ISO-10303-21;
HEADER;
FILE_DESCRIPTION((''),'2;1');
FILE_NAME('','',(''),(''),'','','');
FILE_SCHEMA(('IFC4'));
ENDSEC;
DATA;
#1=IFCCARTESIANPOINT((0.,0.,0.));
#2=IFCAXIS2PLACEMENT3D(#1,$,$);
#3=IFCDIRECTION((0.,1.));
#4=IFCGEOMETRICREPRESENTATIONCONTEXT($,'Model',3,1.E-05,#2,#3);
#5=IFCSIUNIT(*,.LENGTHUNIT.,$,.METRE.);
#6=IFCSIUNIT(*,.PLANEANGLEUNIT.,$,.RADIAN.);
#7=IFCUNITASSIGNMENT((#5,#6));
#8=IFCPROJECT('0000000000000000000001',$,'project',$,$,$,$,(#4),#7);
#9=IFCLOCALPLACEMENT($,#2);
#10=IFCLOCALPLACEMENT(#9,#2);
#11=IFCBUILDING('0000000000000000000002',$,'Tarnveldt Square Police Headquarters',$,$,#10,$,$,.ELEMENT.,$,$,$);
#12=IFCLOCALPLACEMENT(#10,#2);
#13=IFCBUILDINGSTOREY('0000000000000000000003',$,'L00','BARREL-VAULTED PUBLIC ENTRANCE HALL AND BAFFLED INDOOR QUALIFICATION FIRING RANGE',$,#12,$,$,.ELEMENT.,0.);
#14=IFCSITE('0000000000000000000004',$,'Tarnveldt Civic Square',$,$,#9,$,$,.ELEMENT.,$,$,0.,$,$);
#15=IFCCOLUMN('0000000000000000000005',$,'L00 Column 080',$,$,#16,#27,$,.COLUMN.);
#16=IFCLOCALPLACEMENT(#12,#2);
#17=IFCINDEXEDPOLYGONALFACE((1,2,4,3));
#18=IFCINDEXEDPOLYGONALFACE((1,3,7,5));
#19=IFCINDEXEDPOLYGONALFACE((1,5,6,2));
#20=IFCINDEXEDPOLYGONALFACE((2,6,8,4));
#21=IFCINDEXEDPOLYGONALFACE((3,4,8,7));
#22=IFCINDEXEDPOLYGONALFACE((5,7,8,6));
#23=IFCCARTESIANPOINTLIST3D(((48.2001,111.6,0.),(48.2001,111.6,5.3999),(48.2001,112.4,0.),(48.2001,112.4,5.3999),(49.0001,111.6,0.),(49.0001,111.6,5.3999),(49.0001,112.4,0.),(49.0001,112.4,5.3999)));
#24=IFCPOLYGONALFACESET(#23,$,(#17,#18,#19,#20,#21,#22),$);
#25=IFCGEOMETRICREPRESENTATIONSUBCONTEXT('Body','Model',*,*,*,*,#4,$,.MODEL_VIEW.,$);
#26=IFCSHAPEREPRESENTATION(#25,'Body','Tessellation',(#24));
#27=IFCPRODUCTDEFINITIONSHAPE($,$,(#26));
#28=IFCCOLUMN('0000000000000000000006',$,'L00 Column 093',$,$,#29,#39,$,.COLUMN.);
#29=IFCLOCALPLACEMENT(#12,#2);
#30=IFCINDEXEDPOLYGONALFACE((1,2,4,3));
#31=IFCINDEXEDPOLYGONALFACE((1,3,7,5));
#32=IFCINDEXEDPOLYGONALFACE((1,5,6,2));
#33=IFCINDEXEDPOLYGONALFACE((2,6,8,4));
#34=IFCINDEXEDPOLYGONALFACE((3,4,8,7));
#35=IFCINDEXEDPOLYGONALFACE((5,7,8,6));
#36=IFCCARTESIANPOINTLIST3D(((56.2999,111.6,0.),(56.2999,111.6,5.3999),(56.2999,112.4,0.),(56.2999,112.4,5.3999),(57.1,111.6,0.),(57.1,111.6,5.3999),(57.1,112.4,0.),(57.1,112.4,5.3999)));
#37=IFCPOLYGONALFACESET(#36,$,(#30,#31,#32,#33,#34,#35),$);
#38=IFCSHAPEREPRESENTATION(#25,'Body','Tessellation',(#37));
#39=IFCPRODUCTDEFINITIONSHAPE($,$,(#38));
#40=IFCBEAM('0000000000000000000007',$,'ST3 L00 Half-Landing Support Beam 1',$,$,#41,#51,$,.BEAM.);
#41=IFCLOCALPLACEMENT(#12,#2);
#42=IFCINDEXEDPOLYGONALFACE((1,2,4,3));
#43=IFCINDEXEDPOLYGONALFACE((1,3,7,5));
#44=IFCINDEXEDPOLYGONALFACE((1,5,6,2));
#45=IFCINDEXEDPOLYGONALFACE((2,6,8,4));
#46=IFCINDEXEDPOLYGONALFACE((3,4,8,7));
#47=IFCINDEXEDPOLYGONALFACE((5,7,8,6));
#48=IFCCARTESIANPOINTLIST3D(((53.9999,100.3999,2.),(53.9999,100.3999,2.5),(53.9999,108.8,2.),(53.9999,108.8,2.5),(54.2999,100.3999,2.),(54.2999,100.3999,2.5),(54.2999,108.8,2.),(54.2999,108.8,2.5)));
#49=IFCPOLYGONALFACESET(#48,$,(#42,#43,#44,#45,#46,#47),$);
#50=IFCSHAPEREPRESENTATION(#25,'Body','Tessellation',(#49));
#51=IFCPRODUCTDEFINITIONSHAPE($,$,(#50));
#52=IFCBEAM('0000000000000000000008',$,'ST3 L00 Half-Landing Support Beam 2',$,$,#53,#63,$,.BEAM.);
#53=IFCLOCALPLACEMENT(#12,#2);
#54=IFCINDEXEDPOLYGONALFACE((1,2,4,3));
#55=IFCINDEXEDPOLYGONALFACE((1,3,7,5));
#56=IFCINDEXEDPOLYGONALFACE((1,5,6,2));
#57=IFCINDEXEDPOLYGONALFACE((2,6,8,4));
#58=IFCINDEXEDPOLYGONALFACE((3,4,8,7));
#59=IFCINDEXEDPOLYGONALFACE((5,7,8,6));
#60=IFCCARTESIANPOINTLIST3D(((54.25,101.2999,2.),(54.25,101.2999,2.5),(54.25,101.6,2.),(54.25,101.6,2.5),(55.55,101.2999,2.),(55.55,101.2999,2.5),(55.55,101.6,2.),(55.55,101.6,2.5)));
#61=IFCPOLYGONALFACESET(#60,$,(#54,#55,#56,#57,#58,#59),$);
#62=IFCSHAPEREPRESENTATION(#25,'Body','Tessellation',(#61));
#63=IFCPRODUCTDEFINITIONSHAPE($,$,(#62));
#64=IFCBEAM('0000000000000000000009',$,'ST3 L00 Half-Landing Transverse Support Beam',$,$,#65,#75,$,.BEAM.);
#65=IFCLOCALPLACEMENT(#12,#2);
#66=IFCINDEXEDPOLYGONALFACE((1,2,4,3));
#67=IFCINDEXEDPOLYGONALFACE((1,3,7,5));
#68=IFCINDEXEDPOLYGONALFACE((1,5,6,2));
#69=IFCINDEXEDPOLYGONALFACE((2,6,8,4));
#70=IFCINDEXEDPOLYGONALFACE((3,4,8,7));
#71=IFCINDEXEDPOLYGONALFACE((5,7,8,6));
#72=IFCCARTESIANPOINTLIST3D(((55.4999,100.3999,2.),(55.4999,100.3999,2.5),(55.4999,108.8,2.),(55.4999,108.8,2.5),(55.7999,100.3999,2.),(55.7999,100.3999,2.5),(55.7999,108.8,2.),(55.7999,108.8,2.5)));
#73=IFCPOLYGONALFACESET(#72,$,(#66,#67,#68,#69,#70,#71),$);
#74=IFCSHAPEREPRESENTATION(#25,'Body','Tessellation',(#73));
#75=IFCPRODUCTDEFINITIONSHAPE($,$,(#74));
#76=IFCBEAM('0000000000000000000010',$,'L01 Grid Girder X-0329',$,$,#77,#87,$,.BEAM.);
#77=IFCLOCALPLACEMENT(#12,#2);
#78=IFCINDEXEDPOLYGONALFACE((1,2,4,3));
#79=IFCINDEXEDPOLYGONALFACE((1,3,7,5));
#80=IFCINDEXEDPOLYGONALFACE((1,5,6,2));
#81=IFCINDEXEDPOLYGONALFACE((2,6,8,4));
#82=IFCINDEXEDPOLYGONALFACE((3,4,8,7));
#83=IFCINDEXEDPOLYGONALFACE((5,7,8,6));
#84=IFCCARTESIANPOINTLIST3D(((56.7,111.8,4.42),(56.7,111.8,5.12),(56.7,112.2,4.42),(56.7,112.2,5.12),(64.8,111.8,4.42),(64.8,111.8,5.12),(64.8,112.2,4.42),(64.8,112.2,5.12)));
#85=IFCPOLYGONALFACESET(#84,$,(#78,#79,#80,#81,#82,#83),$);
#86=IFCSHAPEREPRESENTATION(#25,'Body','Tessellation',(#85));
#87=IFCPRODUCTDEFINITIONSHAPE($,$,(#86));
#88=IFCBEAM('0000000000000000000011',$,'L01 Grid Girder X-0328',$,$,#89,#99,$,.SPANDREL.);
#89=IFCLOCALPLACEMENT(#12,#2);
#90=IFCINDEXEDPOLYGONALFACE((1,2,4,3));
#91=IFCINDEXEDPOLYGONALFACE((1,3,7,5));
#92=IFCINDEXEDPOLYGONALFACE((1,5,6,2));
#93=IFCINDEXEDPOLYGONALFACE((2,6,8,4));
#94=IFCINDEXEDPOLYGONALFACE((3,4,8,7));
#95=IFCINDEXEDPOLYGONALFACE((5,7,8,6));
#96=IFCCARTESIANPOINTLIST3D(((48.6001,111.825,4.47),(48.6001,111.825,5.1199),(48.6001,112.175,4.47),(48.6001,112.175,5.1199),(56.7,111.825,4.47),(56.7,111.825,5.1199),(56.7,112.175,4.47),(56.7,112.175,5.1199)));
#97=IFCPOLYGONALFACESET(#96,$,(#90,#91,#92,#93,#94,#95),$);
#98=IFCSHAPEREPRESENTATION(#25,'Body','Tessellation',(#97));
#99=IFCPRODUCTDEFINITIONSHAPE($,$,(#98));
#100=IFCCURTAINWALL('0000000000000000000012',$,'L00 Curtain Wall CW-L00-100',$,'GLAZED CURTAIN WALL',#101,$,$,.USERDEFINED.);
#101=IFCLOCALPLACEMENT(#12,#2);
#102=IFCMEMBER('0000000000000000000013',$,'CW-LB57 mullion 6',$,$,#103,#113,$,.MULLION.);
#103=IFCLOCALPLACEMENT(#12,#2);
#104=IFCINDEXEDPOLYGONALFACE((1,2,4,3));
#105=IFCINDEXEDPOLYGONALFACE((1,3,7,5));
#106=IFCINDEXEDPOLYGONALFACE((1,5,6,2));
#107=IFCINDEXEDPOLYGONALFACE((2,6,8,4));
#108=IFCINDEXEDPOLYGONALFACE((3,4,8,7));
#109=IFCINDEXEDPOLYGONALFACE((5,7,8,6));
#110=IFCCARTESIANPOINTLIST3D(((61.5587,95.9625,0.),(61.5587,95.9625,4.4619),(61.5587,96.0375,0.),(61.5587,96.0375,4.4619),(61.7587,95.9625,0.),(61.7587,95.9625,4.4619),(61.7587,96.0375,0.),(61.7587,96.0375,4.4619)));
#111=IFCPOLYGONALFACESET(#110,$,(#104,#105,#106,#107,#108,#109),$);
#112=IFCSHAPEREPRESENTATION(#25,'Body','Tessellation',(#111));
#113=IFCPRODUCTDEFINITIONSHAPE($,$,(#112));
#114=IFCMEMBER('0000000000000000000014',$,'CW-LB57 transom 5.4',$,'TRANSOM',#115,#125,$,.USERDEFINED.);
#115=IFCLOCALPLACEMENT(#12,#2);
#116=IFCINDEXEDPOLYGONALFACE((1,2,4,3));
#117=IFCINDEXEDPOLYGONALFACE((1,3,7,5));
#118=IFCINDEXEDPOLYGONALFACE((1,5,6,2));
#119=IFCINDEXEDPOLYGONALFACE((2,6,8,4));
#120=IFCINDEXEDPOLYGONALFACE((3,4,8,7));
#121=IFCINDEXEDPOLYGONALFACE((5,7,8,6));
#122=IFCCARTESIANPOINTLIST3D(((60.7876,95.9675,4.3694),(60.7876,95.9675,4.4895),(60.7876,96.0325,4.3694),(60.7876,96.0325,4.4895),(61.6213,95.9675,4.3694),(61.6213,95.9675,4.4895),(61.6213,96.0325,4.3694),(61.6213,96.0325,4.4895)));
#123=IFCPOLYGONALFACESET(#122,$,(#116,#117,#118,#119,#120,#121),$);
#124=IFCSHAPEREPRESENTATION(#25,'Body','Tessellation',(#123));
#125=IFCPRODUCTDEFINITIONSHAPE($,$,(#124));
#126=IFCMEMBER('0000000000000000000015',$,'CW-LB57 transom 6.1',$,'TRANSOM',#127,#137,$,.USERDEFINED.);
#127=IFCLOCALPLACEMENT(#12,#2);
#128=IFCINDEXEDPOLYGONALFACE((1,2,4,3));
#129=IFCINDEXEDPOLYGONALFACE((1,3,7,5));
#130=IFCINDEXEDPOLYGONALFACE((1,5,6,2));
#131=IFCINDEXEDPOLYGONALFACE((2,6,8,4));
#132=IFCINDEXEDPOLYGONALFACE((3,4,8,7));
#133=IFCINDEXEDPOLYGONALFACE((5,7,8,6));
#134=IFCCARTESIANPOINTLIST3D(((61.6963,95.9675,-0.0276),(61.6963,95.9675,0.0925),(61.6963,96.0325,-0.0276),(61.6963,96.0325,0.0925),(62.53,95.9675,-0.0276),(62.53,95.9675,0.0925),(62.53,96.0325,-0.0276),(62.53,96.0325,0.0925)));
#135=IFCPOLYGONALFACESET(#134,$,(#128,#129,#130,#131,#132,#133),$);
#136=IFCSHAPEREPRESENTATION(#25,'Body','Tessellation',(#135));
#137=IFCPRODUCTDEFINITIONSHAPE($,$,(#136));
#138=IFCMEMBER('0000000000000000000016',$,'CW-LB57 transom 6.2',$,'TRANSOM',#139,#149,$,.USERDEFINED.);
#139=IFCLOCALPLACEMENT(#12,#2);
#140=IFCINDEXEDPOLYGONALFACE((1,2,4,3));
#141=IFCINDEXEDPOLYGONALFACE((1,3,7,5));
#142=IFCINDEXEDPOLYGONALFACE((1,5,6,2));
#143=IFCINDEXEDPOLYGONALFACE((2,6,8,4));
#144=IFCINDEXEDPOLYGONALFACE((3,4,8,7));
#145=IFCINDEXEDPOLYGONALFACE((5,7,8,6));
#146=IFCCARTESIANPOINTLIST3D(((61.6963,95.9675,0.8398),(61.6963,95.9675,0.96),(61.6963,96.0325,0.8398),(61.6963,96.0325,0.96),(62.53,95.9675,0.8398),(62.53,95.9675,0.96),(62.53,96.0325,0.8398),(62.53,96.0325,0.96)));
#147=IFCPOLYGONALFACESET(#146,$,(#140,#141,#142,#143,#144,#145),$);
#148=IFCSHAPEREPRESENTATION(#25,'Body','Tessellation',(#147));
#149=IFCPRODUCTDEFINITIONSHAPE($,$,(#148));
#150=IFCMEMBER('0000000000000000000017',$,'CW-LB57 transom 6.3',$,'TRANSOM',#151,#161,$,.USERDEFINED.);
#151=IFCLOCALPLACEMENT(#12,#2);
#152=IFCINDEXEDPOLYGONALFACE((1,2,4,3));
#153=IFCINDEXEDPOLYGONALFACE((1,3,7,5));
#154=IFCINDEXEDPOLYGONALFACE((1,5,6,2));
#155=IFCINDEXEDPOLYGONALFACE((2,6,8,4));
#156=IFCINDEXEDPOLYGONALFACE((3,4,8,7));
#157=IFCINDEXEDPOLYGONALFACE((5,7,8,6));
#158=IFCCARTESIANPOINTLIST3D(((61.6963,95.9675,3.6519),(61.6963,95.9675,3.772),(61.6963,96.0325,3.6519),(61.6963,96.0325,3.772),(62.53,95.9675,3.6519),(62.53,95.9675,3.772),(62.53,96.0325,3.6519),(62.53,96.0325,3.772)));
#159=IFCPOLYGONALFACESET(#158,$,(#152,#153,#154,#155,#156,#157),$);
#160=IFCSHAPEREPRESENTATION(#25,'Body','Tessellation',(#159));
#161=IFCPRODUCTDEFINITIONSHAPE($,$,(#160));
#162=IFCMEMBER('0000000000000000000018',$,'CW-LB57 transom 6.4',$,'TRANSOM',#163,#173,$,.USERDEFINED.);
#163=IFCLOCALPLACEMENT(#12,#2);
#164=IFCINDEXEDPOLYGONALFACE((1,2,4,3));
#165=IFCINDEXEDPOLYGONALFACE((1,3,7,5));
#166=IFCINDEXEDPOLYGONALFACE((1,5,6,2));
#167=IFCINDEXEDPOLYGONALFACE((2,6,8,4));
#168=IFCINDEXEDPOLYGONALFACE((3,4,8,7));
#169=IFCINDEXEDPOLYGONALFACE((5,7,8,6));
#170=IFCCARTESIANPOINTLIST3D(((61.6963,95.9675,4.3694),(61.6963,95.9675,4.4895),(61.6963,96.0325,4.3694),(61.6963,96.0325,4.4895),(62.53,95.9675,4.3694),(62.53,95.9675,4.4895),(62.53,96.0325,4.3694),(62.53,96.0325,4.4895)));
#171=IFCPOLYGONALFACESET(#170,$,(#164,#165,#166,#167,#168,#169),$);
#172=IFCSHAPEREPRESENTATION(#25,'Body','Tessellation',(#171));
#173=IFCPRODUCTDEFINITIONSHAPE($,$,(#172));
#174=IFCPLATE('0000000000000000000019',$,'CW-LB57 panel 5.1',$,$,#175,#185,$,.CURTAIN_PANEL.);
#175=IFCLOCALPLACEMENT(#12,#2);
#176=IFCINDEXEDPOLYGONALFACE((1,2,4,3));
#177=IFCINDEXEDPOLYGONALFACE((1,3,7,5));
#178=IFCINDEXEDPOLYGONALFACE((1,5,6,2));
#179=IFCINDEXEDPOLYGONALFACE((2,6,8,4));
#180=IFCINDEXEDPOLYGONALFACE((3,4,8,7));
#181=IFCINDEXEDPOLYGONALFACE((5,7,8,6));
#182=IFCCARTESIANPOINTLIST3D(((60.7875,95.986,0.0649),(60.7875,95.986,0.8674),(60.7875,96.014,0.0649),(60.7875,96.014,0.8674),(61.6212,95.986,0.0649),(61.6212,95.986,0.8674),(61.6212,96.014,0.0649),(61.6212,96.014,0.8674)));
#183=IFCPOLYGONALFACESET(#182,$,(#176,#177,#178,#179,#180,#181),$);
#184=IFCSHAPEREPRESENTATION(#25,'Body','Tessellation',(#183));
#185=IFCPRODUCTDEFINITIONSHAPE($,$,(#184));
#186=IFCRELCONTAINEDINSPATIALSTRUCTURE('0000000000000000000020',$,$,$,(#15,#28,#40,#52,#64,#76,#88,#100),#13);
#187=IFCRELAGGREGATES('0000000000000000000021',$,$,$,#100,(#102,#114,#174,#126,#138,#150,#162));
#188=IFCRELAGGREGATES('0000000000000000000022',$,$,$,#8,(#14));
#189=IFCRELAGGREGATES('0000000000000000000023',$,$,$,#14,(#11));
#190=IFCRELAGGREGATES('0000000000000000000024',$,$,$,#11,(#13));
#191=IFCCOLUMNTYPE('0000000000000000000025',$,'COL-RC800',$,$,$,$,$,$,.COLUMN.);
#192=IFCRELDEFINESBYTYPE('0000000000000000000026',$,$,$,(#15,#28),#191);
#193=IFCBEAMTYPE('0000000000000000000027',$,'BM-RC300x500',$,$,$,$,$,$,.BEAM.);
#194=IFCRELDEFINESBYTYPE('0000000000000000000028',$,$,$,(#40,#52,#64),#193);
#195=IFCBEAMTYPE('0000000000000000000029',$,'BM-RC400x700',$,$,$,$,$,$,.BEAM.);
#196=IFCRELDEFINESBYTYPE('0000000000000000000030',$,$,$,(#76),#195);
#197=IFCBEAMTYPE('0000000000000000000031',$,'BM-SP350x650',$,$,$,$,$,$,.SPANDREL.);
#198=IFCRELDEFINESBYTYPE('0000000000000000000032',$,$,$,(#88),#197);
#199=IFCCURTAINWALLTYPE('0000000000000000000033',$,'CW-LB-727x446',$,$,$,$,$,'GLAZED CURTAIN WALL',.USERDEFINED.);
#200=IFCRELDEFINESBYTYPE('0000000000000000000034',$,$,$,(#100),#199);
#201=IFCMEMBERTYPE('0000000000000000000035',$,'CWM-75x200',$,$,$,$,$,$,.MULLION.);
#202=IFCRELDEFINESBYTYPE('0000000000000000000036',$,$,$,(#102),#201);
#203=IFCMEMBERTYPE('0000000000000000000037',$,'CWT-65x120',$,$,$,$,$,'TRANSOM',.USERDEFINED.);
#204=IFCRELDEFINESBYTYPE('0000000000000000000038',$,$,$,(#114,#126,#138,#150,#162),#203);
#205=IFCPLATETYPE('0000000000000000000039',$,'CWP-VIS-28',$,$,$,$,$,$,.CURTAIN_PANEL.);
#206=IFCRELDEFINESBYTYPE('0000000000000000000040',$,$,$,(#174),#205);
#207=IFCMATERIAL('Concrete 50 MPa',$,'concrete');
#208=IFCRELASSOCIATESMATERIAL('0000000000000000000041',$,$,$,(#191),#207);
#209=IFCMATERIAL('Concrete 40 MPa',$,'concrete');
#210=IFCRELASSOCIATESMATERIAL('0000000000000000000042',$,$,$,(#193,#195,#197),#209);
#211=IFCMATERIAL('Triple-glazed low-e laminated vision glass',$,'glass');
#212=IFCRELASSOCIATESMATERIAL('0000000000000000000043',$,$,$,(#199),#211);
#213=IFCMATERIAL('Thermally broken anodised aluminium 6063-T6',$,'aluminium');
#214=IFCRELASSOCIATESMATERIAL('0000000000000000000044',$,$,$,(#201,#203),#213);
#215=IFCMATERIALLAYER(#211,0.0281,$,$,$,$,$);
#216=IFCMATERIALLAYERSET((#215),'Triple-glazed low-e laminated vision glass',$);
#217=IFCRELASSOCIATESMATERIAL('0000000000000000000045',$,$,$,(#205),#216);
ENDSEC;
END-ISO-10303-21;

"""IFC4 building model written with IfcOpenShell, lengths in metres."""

from ifc_helpers import new_model, si_unit, direction, frame, origin, origin_2d, place, context, subcontext, project, spatial, rectangle, extrude, material, layer, layer_set, material_profile, profile_set, type_object, element, aggregate, save


model = new_model("IFC4")

# Units and contexts
model_context = context("Model", 3, precision=1e-05, world=origin(), true_north=direction((0.0, 1.0)))
body_context = subcontext(model_context, "Body", "Model", "MODEL_VIEW")
ifc_project = project(units=[si_unit("LENGTHUNIT", "METRE"), si_unit("PLANEANGLEUNIT", "RADIAN")], contexts=[model_context])

# Site, building, storey
site_placement = place(None, origin())
site = spatial("IfcSite", under=ifc_project, at=site_placement, Name="Tarnveldt Civic Square", CompositionType="ELEMENT", RefElevation=0.0)
building_placement = place(site_placement, origin())
building = spatial("IfcBuilding", under=site, at=building_placement, Name="Tarnveldt Square Police Headquarters", CompositionType="ELEMENT")
storey_placement = place(building_placement, origin())
storey = spatial("IfcBuildingStorey", under=building, at=storey_placement, Name="L00", Description="BARREL-VAULTED PUBLIC ENTRANCE HALL AND BAFFLED INDOOR QUALIFICATION FIRING RANGE", CompositionType="ELEMENT", Elevation=0.0)

# Columns
ifc_material_1 = material(Name="Concrete 50 MPa", Category="concrete")
ifc_material_profile_1 = material_profile(ifc_material_1, rectangle(XDim=0.8, YDim=0.8, at=origin_2d()), Name="RC-C800x800")
ifc_profile_set_1 = profile_set([ifc_material_profile_1], Name="Concrete 50 MPa")
column_type = type_object("IfcColumnType", Name="COL-RC800", PredefinedType="COLUMN", material=ifc_profile_set_1)
for number, where, z_axis, x_axis, name in (
    (1, (48.6001, 112.0, 0.0), (0.0, 0.0, 1.0), (1.0, 0.0, 0.0), "L00 Column 080"),
    (2, (56.7, 112.0, 0.0), (0.0, 0.0, 1.0), (1.0, 0.0, 0.0), "L00 Column 093"),
):
    element("IfcColumn", number, at=place(storey_placement, frame(where, z_axis=z_axis, x_axis=x_axis)), inside=storey, type_object=column_type, Name=name, PredefinedType="COLUMN", context=body_context, shape_type="SweptSolid", body=[
        extrude(rectangle(XDim=0.8, YDim=0.8, at=origin_2d()), origin(), (0.0, 0.0, 1.0), 5.3999),
    ])

# Beams
ifc_material_2 = material(Name="Concrete 40 MPa", Category="concrete")
ifc_material_profile_2 = material_profile(ifc_material_2, rectangle(XDim=0.3, YDim=0.5, at=origin_2d()), Name="RC-B300x500")
ifc_profile_set_2 = profile_set([ifc_material_profile_2], Name="Concrete 40 MPa")
beam_type_1 = type_object("IfcBeamType", Name="BM-RC300x500", PredefinedType="BEAM", material=ifc_profile_set_2)
beam_1_placement = place(storey_placement, frame((54.1499, 100.3999, 2.25), z_axis=(0.0, 1.0, 0.0), x_axis=(-1.0, 0.0, 0.0)))
element("IfcBeam", 3, at=beam_1_placement, inside=storey, type_object=beam_type_1, Name="ST3 L00 Half-Landing Support Beam 1", PredefinedType="BEAM", context=body_context, shape_type="SweptSolid", body=[
    extrude(rectangle(XDim=0.3, YDim=0.5, at=origin_2d()), origin(), (0.0, 0.0, 1.0), 8.4001),
])
beam_2_placement = place(storey_placement, frame((54.25, 101.45, 2.25), z_axis=(1.0, 0.0, 0.0), x_axis=(0.0, 1.0, 0.0)))
element("IfcBeam", 4, at=beam_2_placement, inside=storey, type_object=beam_type_1, Name="ST3 L00 Half-Landing Support Beam 2", PredefinedType="BEAM", context=body_context, shape_type="SweptSolid", body=[
    extrude(rectangle(XDim=0.3, YDim=0.5, at=origin_2d()), origin(), (0.0, 0.0, 1.0), 1.3),
])
beam_3_placement = place(storey_placement, frame((55.6499, 100.3999, 2.25), z_axis=(0.0, 1.0, 0.0), x_axis=(-1.0, 0.0, 0.0)))
element("IfcBeam", 5, at=beam_3_placement, inside=storey, type_object=beam_type_1, Name="ST3 L00 Half-Landing Transverse Support Beam", PredefinedType="BEAM", context=body_context, shape_type="SweptSolid", body=[
    extrude(rectangle(XDim=0.3, YDim=0.5, at=origin_2d()), origin(), (0.0, 0.0, 1.0), 8.4001),
])
ifc_material_profile_3 = material_profile(ifc_material_2, rectangle(XDim=0.3999, YDim=0.7, at=origin_2d()), Name="RC-B400x700")
ifc_profile_set_3 = profile_set([ifc_material_profile_3], Name="Concrete 40 MPa")
beam_type_2 = type_object("IfcBeamType", Name="BM-RC400x700", PredefinedType="BEAM", material=ifc_profile_set_3)
beam_4_placement = place(storey_placement, frame((56.7, 112.0, 4.77), z_axis=(1.0, 0.0, 0.0), x_axis=(0.0, 1.0, 0.0)))
element("IfcBeam", 6, at=beam_4_placement, inside=storey, type_object=beam_type_2, Name="L01 Grid Girder X-0329", PredefinedType="BEAM", context=body_context, shape_type="SweptSolid", body=[
    extrude(rectangle(XDim=0.3999, YDim=0.7, at=origin_2d()), origin(), (0.0, 0.0, 1.0), 8.1001),
])
ifc_material_profile_4 = material_profile(ifc_material_2, rectangle(XDim=0.3501, YDim=0.6499, at=origin_2d()), Name="RC-SP350x650")
ifc_profile_set_4 = profile_set([ifc_material_profile_4], Name="Concrete 40 MPa")
beam_type_3 = type_object("IfcBeamType", Name="BM-SP350x650", PredefinedType="SPANDREL", material=ifc_profile_set_4)
beam_5_placement = place(storey_placement, frame((48.6001, 112.0, 4.7949), z_axis=(1.0, 0.0, 0.0), x_axis=(0.0, 1.0, 0.0)))
element("IfcBeam", 7, at=beam_5_placement, inside=storey, type_object=beam_type_3, Name="L01 Grid Girder X-0328", PredefinedType="SPANDREL", context=body_context, shape_type="SweptSolid", body=[
    extrude(rectangle(XDim=0.3501, YDim=0.6499, at=origin_2d()), origin(), (0.0, 0.0, 1.0), 8.0999),
])

# Curtain wall, members, plate
ifc_material_3 = material(Name="Triple-glazed low-e laminated vision glass", Category="glass")
curtain_wall_type = type_object("IfcCurtainWallType", Name="CW-LB-727x446", ElementType="GLAZED CURTAIN WALL", PredefinedType="USERDEFINED", material=ifc_material_3)
curtain_wall_placement = place(storey_placement, origin())
curtain_wall = element("IfcCurtainWall", 8, at=curtain_wall_placement, inside=storey, type_object=curtain_wall_type, Name="L00 Curtain Wall CW-L00-100", ObjectType="GLAZED CURTAIN WALL", PredefinedType="USERDEFINED")
ifc_material_4 = material(Name="Thermally broken anodised aluminium 6063-T6", Category="aluminium")
ifc_material_profile_5 = material_profile(ifc_material_4, rectangle(XDim=0.075, YDim=0.2, at=origin_2d()), Name="CW-M75x200")
ifc_profile_set_5 = profile_set([ifc_material_profile_5], Name="Thermally broken anodised aluminium 6063-T6")
member_type_1 = type_object("IfcMemberType", Name="CWM-75x200", PredefinedType="MULLION", material=ifc_profile_set_5)
member_1_placement = place(storey_placement, frame((61.6587, 96.0, 0.0), z_axis=(0.0, 0.0, 1.0), x_axis=(0.0, 1.0, 0.0)))
member_1 = element("IfcMember", 9, at=member_1_placement, type_object=member_type_1, Name="CW-LB57 mullion 6", PredefinedType="MULLION", context=body_context, shape_type="SweptSolid", body=[
    extrude(rectangle(XDim=0.075, YDim=0.2, at=origin_2d()), origin(), (0.0, 0.0, 1.0), 4.4619),
])
ifc_material_profile_6 = material_profile(ifc_material_4, rectangle(XDim=0.0649, YDim=0.1201, at=origin_2d()), Name="CW-T65x120")
ifc_profile_set_6 = profile_set([ifc_material_profile_6], Name="Thermally broken anodised aluminium 6063-T6")
member_type_2 = type_object("IfcMemberType", Name="CWT-65x120", ElementType="TRANSOM", PredefinedType="USERDEFINED", material=ifc_profile_set_6)
member_2_placement = place(storey_placement, frame((60.7876, 96.0, 4.4294), z_axis=(1.0, 0.0, 0.0), x_axis=(0.0, 1.0, 0.0)))
member_2 = element("IfcMember", 10, at=member_2_placement, type_object=member_type_2, Name="CW-LB57 transom 5.4", ObjectType="TRANSOM", PredefinedType="USERDEFINED", context=body_context, shape_type="SweptSolid", body=[
    extrude(rectangle(XDim=0.0649, YDim=0.1201, at=origin_2d()), origin(), (0.0, 0.0, 1.0), 0.8337),
])
member_3_placement = place(storey_placement, frame((61.6963, 96.0, 0.0325), z_axis=(1.0, 0.0, 0.0), x_axis=(0.0, 1.0, 0.0)))
member_3 = element("IfcMember", 11, at=member_3_placement, type_object=member_type_2, Name="CW-LB57 transom 6.1", ObjectType="TRANSOM", PredefinedType="USERDEFINED", context=body_context, shape_type="SweptSolid", body=[
    extrude(rectangle(XDim=0.0649, YDim=0.1201, at=origin_2d()), origin(), (0.0, 0.0, 1.0), 0.8337),
])
member_4_placement = place(storey_placement, frame((61.6963, 96.0, 0.8999), z_axis=(1.0, 0.0, 0.0), x_axis=(0.0, 1.0, 0.0)))
member_4 = element("IfcMember", 12, at=member_4_placement, type_object=member_type_2, Name="CW-LB57 transom 6.2", ObjectType="TRANSOM", PredefinedType="USERDEFINED", context=body_context, shape_type="SweptSolid", body=[
    extrude(rectangle(XDim=0.0649, YDim=0.1201, at=origin_2d()), origin(), (0.0, 0.0, 1.0), 0.8337),
])
member_5_placement = place(storey_placement, frame((61.6963, 96.0, 3.7119), z_axis=(1.0, 0.0, 0.0), x_axis=(0.0, 1.0, 0.0)))
member_5 = element("IfcMember", 13, at=member_5_placement, type_object=member_type_2, Name="CW-LB57 transom 6.3", ObjectType="TRANSOM", PredefinedType="USERDEFINED", context=body_context, shape_type="SweptSolid", body=[
    extrude(rectangle(XDim=0.0649, YDim=0.1201, at=origin_2d()), origin(), (0.0, 0.0, 1.0), 0.8337),
])
member_6_placement = place(storey_placement, frame((61.6963, 96.0, 4.4294), z_axis=(1.0, 0.0, 0.0), x_axis=(0.0, 1.0, 0.0)))
member_6 = element("IfcMember", 14, at=member_6_placement, type_object=member_type_2, Name="CW-LB57 transom 6.4", ObjectType="TRANSOM", PredefinedType="USERDEFINED", context=body_context, shape_type="SweptSolid", body=[
    extrude(rectangle(XDim=0.0649, YDim=0.1201, at=origin_2d()), origin(), (0.0, 0.0, 1.0), 0.8337),
])
ifc_layer_1 = layer(ifc_material_3, 0.0281)
ifc_layer_set_1 = layer_set([ifc_layer_1], Name="Triple-glazed low-e laminated vision glass")
plate_type = type_object("IfcPlateType", Name="CWP-VIS-28", PredefinedType="CURTAIN_PANEL", material=ifc_layer_set_1)
plate_1_placement = place(storey_placement, frame((61.2043, 96.0, 0.0649), z_axis=(0.0, 0.0, 1.0), x_axis=(1.0, 0.0, 0.0)))
plate_1 = element("IfcPlate", 15, at=plate_1_placement, type_object=plate_type, Name="CW-LB57 panel 5.1", PredefinedType="CURTAIN_PANEL", context=body_context, shape_type="SweptSolid", body=[
    extrude(rectangle(XDim=0.8337, YDim=0.0281, at=origin_2d()), origin(), (0.0, 0.0, 1.0), 0.8025),
])
aggregate(curtain_wall, [member_1, member_2, plate_1, member_3, member_4, member_5, member_6])

save(model, "model.ifc")
